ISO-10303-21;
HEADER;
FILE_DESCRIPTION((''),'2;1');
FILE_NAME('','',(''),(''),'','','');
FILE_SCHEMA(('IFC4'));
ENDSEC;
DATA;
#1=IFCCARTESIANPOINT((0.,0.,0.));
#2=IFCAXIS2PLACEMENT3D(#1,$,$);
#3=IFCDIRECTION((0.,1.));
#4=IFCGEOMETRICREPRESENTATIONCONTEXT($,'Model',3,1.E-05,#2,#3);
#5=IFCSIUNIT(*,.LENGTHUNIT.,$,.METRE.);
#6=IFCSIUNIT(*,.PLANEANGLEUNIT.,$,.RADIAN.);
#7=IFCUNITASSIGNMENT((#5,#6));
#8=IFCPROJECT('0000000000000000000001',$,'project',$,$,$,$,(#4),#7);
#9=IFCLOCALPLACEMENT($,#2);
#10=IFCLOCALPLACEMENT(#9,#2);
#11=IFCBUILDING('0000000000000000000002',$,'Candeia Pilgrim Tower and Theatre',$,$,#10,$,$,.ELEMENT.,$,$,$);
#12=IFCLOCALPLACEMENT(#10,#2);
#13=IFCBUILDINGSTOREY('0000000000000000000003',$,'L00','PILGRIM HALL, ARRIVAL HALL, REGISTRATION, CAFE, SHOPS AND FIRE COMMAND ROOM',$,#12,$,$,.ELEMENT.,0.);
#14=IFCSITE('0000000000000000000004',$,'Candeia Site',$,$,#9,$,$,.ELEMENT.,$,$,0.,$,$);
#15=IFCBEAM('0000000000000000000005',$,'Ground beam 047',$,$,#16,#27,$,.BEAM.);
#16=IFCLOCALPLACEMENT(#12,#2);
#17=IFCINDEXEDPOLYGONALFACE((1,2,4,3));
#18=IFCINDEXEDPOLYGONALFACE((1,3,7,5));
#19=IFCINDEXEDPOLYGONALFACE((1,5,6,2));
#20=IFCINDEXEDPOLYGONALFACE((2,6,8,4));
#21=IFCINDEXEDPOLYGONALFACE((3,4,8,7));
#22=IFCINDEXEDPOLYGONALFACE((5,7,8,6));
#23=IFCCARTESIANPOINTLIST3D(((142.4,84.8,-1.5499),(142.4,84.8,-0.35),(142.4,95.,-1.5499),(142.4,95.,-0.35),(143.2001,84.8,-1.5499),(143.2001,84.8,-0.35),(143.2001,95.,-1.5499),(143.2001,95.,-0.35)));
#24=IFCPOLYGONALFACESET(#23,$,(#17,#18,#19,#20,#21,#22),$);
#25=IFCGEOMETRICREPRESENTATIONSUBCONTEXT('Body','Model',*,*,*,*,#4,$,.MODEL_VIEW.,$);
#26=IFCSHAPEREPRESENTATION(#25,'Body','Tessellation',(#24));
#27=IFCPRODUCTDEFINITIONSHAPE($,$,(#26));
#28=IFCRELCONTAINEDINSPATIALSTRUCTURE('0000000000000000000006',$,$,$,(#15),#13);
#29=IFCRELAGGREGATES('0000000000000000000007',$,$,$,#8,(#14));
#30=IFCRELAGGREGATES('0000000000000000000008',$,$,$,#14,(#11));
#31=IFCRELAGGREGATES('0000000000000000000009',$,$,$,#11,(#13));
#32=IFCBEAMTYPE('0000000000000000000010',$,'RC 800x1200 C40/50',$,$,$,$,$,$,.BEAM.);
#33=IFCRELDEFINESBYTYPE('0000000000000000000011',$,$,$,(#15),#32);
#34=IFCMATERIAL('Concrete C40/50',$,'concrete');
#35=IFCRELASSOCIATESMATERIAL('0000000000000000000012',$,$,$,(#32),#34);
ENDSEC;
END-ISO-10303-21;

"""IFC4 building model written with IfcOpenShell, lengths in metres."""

from ifc_helpers import new_model, si_unit, direction, frame, origin, origin_2d, place, context, subcontext, project, spatial, rectangle, extrude, material, material_profile, profile_set, type_object, element, save


model = new_model("IFC4")

# Units and contexts
model_context = context("Model", 3, precision=1e-05, world=origin(), true_north=direction((0.0, 1.0)))
body_context = subcontext(model_context, "Body", "Model", "MODEL_VIEW")
ifc_project = project(units=[si_unit("LENGTHUNIT", "METRE"), si_unit("PLANEANGLEUNIT", "RADIAN")], contexts=[model_context])

# Site, building, storey
site_placement = place(None, origin())
site = spatial("IfcSite", under=ifc_project, at=site_placement, Name="Candeia Site", CompositionType="ELEMENT", RefElevation=0.0)
building_placement = place(site_placement, origin())
building = spatial("IfcBuilding", under=site, at=building_placement, Name="Candeia Pilgrim Tower and Theatre", CompositionType="ELEMENT")
storey_placement = place(building_placement, origin())
storey = spatial("IfcBuildingStorey", under=building, at=storey_placement, Name="L00", Description="PILGRIM HALL, ARRIVAL HALL, REGISTRATION, CAFE, SHOPS AND FIRE COMMAND ROOM", CompositionType="ELEMENT", Elevation=0.0)

# Shared definitions
ifc_material_1 = material(Name="Concrete C40/50", Category="concrete")

# Beam
ifc_material_profile_1 = material_profile(ifc_material_1, rectangle(XDim=0.8, YDim=1.2, at=origin_2d()))
ifc_profile_set_1 = profile_set([ifc_material_profile_1], Name="Concrete C40/50")
beam_type = type_object("IfcBeamType", Name="RC 800x1200 C40/50", PredefinedType="BEAM", material=ifc_profile_set_1)
for number, where, z_axis, x_axis, name in (
    (1, (142.8, 84.8, -0.95), (0.0, 1.0, 0.0), (-1.0, 0.0, 0.0), "Ground beam 047"),
):
    element("IfcBeam", number, at=place(storey_placement, frame(where, z_axis=z_axis, x_axis=x_axis)), inside=storey, type_object=beam_type, Name=name, PredefinedType="BEAM", context=body_context, shape_type="SweptSolid", body=[
        extrude(rectangle(XDim=0.8, YDim=1.2, at=origin_2d()), origin(), (0.0, 0.0, 1.0), 10.2),
    ])

save(model, "model.ifc")
